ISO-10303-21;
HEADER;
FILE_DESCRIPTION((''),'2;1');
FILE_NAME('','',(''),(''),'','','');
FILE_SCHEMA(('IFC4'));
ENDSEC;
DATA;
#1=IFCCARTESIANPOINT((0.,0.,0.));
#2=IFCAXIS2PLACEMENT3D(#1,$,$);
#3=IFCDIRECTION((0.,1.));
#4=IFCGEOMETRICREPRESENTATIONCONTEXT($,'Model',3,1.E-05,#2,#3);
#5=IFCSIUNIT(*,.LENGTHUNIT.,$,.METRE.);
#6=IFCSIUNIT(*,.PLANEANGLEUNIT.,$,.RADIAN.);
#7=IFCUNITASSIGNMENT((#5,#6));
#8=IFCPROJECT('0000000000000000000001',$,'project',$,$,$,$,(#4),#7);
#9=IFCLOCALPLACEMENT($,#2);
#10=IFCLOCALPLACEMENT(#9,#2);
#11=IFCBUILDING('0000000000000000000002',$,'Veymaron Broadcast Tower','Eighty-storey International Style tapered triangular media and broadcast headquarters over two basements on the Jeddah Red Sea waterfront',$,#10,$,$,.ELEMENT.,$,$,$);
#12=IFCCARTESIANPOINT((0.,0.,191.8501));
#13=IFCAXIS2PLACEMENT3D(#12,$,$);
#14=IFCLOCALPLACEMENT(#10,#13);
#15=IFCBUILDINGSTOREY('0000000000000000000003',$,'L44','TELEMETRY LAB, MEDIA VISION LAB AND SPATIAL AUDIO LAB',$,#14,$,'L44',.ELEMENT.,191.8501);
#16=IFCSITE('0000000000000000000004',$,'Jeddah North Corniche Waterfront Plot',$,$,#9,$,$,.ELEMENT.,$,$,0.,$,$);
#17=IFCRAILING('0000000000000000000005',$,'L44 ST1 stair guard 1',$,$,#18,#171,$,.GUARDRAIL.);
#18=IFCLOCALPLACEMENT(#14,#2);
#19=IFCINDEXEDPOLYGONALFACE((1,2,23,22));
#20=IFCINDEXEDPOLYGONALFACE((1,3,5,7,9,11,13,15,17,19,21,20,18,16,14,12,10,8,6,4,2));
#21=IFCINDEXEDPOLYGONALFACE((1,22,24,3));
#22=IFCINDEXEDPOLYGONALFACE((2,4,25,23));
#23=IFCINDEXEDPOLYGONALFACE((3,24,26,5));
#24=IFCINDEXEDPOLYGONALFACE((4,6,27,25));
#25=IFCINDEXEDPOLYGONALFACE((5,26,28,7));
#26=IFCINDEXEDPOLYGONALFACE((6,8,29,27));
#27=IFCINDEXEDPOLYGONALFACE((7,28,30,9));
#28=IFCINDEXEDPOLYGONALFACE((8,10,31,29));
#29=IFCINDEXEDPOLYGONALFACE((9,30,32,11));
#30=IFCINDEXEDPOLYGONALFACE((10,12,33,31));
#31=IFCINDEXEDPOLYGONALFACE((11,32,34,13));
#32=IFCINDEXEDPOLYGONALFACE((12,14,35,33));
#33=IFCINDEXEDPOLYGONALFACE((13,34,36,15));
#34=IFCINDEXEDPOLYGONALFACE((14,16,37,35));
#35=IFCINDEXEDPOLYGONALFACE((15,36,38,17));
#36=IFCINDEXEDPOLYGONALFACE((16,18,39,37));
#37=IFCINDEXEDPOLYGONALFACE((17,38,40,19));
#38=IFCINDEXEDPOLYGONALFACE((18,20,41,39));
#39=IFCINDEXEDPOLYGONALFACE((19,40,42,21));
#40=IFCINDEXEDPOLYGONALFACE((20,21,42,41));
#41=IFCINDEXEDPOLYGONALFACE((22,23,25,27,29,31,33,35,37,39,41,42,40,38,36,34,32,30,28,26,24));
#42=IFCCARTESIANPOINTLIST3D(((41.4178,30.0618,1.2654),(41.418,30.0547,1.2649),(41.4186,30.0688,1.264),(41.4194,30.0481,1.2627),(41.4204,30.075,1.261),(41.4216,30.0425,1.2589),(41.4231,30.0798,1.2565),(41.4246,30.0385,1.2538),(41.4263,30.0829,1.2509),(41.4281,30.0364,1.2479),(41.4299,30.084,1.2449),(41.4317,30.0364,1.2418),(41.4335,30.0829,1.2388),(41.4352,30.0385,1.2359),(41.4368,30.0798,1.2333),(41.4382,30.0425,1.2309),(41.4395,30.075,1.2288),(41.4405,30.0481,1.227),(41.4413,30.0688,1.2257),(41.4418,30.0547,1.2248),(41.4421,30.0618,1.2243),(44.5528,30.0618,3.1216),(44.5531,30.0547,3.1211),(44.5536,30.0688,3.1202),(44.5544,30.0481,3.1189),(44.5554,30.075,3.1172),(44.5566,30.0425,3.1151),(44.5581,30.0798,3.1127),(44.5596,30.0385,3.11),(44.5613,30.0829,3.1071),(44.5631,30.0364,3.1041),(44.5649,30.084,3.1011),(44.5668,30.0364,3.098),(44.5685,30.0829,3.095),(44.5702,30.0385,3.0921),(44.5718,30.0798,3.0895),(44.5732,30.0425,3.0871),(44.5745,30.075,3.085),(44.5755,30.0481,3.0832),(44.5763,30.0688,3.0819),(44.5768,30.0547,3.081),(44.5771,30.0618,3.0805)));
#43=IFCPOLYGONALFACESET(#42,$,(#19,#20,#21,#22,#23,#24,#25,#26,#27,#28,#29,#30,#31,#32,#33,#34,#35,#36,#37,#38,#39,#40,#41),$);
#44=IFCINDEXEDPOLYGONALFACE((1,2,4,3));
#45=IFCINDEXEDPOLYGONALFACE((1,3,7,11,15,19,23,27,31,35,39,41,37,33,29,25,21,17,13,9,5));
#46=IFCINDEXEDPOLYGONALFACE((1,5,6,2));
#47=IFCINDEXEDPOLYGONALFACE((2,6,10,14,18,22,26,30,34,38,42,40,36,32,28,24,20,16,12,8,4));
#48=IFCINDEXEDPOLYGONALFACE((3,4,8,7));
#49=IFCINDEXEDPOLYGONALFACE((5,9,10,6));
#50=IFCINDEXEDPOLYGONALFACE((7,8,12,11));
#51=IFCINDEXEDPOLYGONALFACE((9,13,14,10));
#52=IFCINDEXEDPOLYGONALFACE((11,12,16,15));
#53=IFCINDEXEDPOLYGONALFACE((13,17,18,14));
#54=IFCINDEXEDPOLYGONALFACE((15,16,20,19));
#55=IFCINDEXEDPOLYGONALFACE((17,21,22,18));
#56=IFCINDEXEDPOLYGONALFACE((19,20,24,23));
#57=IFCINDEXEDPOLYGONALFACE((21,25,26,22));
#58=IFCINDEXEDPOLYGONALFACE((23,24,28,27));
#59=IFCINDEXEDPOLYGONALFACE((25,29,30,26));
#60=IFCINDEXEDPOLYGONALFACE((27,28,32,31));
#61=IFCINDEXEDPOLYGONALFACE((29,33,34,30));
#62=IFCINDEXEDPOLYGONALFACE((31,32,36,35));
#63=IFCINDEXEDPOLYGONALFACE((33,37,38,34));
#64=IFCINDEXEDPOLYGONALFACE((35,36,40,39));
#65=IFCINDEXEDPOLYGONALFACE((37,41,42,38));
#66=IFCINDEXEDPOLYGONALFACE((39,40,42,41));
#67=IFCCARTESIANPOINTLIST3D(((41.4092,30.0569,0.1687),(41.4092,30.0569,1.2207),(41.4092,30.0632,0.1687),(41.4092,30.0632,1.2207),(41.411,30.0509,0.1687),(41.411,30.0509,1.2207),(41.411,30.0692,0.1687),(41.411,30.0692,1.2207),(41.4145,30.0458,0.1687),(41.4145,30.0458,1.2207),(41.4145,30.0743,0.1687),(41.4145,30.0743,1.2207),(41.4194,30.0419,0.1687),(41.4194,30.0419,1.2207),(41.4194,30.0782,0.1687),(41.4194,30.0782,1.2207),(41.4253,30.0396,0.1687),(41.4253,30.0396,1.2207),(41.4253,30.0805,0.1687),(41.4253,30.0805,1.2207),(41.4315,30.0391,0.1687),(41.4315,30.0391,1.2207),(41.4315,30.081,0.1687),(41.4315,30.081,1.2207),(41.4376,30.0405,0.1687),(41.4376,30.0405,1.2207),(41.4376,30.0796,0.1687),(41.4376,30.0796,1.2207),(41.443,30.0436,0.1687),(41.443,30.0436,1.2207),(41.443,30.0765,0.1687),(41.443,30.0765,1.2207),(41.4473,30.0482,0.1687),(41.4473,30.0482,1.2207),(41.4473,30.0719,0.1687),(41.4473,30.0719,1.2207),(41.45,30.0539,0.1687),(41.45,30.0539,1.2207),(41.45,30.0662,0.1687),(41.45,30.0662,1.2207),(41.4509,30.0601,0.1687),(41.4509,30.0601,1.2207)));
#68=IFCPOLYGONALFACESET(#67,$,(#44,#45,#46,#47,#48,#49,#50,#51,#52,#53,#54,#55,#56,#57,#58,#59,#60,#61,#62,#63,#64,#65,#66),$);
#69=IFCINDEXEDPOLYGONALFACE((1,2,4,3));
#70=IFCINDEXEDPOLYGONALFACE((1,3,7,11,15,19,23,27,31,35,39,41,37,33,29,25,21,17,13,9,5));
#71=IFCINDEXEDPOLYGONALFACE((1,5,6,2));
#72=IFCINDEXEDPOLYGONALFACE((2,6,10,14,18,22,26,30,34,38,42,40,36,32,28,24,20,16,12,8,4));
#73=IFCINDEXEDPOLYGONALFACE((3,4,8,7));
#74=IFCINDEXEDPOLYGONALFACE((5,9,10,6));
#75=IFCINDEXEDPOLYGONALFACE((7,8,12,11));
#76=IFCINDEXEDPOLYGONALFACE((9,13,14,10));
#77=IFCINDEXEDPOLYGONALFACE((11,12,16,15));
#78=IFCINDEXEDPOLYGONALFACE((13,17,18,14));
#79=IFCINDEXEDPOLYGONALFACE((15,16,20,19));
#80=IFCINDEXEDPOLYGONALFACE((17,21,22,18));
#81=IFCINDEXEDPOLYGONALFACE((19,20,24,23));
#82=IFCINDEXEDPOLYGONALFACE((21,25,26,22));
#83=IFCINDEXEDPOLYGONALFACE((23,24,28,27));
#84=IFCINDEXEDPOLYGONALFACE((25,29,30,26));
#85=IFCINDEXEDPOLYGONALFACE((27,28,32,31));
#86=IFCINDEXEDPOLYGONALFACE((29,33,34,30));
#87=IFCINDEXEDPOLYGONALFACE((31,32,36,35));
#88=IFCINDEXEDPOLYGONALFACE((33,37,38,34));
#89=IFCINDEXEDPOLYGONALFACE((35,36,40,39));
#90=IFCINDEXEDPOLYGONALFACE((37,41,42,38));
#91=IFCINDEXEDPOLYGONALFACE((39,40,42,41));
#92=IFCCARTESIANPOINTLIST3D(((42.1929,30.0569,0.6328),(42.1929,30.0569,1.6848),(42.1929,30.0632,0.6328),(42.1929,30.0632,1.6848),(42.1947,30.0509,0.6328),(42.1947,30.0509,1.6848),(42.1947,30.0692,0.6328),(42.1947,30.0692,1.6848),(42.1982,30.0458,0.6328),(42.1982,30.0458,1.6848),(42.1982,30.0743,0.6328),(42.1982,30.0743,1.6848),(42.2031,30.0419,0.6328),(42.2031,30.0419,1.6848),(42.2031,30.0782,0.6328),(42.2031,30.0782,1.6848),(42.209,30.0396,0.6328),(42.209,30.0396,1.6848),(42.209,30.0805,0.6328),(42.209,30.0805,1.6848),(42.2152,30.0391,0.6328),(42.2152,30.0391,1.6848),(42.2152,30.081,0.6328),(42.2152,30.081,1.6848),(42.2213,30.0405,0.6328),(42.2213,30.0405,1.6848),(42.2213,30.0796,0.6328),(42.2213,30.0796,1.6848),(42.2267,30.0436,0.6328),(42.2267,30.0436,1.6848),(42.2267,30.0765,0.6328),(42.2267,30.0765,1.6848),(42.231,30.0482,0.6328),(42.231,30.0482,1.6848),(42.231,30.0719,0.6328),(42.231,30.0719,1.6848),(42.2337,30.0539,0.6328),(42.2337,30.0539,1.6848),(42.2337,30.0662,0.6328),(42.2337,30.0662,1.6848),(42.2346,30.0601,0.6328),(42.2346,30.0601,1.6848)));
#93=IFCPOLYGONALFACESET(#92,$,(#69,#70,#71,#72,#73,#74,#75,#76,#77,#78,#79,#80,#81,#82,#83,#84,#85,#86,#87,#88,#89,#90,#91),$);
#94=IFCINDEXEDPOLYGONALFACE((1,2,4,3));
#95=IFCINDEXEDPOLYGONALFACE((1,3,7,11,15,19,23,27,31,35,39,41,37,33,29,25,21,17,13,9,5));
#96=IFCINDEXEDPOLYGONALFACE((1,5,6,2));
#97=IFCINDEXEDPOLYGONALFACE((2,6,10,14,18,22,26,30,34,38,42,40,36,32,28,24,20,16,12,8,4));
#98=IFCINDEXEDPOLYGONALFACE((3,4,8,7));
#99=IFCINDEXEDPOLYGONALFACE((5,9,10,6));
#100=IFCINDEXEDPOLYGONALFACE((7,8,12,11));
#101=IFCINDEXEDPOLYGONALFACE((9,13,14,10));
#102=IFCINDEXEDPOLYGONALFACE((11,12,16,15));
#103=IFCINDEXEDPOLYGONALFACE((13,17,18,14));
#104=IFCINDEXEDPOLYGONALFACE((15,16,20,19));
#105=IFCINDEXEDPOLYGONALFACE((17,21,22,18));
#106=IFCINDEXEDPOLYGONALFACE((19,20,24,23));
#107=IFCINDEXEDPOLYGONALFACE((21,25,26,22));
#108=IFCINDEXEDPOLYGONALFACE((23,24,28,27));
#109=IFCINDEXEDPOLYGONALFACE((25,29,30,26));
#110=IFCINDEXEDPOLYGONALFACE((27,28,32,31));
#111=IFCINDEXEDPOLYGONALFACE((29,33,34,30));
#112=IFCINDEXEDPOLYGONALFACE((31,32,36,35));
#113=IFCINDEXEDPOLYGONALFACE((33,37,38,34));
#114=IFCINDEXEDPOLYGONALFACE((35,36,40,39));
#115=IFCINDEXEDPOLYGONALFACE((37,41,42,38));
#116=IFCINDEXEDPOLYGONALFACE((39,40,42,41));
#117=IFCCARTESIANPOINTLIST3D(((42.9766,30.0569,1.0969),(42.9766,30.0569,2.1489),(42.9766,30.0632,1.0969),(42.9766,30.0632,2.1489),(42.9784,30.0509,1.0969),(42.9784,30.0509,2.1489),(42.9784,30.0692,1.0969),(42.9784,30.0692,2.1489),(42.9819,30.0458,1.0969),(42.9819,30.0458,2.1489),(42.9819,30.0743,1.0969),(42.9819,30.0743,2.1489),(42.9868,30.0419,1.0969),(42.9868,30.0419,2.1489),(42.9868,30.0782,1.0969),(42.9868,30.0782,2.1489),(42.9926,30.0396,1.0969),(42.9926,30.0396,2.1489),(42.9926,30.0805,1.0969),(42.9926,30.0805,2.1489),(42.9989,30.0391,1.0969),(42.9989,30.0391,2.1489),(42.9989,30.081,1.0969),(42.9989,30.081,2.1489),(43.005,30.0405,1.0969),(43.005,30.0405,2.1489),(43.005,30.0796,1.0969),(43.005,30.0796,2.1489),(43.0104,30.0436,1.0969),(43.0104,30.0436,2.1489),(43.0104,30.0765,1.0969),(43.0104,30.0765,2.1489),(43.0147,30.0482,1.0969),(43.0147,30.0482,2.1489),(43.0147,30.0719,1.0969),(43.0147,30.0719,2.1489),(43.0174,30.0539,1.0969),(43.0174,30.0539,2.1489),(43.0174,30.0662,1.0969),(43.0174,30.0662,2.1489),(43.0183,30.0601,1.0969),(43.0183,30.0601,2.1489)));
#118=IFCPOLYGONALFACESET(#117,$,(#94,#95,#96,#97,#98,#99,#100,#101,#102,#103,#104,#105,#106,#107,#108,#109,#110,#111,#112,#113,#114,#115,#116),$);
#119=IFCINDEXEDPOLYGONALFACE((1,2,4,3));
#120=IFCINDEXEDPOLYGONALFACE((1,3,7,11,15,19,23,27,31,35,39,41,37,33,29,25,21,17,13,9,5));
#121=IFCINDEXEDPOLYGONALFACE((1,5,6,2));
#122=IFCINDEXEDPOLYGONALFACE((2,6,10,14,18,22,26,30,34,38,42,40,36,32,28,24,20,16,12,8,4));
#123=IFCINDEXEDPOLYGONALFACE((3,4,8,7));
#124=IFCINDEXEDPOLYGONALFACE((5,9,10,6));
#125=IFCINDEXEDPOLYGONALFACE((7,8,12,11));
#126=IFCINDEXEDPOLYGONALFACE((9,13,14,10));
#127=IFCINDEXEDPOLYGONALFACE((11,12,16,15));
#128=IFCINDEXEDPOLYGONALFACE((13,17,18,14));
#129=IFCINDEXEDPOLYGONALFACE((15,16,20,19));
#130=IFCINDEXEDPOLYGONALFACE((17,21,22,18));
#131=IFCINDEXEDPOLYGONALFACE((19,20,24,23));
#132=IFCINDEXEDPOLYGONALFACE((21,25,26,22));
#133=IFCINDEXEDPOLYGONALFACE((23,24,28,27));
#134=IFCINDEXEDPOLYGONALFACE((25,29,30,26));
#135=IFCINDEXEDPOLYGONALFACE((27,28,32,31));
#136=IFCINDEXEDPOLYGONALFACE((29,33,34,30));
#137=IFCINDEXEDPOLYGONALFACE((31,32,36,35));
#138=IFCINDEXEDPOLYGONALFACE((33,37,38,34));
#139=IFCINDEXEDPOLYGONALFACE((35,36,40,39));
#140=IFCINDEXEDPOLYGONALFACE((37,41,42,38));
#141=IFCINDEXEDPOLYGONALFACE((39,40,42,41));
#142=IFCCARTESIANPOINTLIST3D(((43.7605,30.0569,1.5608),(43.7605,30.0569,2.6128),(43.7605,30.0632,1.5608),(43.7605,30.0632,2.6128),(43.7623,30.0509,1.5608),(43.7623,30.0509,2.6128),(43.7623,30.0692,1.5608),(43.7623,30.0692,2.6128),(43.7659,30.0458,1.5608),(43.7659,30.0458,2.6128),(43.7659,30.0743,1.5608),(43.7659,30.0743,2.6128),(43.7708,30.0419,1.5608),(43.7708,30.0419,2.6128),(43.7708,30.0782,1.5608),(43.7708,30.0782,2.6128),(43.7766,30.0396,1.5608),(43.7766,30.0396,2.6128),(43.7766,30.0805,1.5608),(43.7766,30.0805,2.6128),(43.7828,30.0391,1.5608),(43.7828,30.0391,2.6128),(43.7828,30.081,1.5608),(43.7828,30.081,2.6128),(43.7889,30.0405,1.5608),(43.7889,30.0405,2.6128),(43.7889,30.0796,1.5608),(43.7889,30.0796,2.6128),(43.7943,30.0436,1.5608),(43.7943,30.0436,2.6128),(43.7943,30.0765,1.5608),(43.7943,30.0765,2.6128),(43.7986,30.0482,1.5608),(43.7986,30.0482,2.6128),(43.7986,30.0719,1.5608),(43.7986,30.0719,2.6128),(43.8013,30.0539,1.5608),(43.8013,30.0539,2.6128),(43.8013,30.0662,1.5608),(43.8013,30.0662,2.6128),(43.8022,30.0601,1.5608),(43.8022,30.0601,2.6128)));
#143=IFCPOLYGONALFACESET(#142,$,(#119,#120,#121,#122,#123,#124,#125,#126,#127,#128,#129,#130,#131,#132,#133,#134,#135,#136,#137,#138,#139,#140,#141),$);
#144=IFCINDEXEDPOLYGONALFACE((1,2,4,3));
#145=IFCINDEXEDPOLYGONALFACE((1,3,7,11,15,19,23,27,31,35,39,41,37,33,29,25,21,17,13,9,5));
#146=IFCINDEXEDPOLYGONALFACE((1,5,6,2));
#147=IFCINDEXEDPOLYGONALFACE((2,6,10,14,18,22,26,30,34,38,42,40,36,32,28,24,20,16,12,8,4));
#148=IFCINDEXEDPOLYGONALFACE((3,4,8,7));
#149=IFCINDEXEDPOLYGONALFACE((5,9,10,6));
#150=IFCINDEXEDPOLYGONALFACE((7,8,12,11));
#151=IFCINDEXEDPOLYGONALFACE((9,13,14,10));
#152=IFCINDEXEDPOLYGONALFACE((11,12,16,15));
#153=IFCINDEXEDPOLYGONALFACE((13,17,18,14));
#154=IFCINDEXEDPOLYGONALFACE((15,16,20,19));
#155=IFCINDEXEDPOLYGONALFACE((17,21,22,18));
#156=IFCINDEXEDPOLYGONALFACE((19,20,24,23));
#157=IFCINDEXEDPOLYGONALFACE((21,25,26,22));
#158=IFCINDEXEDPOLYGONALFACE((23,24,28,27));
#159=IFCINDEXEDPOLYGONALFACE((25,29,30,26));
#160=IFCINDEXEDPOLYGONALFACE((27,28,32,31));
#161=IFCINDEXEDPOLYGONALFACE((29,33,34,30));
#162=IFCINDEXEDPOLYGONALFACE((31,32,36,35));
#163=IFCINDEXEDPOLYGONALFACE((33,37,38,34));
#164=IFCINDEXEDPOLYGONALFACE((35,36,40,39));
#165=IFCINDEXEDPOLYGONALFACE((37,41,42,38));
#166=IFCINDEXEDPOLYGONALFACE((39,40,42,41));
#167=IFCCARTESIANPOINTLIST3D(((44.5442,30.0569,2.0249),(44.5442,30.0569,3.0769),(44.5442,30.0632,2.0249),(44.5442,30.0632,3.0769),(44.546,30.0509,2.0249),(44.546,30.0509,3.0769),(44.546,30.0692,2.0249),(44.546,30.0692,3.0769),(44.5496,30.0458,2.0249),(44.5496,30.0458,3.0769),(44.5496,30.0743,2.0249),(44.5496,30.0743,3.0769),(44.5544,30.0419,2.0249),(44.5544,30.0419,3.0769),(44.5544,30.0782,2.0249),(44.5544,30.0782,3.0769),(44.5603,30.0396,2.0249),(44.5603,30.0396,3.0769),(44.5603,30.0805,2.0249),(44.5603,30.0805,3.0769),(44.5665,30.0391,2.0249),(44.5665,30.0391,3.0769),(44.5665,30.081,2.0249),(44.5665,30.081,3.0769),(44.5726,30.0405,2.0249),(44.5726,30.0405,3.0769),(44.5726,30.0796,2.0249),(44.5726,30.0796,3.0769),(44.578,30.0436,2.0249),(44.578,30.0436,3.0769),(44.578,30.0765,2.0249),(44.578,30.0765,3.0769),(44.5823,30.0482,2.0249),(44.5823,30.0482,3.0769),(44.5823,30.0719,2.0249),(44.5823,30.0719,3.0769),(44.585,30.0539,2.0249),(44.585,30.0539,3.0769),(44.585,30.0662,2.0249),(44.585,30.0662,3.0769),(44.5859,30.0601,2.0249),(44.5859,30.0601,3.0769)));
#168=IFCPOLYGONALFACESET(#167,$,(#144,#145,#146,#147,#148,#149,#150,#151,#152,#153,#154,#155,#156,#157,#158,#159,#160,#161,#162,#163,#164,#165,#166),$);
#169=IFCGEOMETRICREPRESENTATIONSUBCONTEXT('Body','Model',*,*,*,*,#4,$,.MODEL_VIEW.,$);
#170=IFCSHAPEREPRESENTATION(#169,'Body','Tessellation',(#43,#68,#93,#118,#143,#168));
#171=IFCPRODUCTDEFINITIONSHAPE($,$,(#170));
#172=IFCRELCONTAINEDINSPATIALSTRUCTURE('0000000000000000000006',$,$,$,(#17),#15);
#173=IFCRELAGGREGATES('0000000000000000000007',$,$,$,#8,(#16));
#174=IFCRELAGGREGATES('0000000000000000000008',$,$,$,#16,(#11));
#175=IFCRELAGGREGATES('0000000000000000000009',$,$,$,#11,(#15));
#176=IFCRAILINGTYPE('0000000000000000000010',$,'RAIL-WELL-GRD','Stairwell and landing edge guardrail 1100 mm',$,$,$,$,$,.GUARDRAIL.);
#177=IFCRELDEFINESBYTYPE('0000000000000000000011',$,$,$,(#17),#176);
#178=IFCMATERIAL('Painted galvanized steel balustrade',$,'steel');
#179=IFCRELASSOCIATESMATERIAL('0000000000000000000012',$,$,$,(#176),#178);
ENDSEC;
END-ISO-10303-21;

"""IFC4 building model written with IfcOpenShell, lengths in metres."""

from ifc_helpers import new_model, si_unit, direction, frame, origin, origin_2d, place, context, subcontext, project, spatial, circle, extrude, material, type_object, element, save


model = new_model("IFC4")

# Units and contexts
model_context = context("Model", 3, precision=1e-05, world=origin(), true_north=direction((0.0, 1.0)))
body_context = subcontext(model_context, "Body", "Model", "MODEL_VIEW")
ifc_project = project(units=[si_unit("LENGTHUNIT", "METRE"), si_unit("PLANEANGLEUNIT", "RADIAN")], contexts=[model_context])

# Site, building, storey
site_placement = place(None, origin())
site = spatial("IfcSite", under=ifc_project, at=site_placement, Name="Jeddah North Corniche Waterfront Plot", CompositionType="ELEMENT", RefElevation=0.0)
building_placement = place(site_placement, origin())
building = spatial("IfcBuilding", under=site, at=building_placement, Name="Veymaron Broadcast Tower", Description="Eighty-storey International Style tapered triangular media and broadcast headquarters over two basements on the Jeddah Red Sea waterfront", CompositionType="ELEMENT")
storey_placement = place(building_placement, frame((0.0, 0.0, 191.8501)))
storey = spatial("IfcBuildingStorey", under=building, at=storey_placement, Name="L44", Description="TELEMETRY LAB, MEDIA VISION LAB AND SPATIAL AUDIO LAB", LongName="L44", CompositionType="ELEMENT", Elevation=191.8501)

# Railing
ifc_material_1 = material(Name="Painted galvanized steel balustrade", Category="steel")
railing_type_1 = type_object("IfcRailingType", Name="RAIL-WELL-GRD", Description="Stairwell and landing edge guardrail 1100 mm", PredefinedType="GUARDRAIL", material=ifc_material_1)
railing_1_placement = place(storey_placement, frame((41.4299, 30.0601, 0.1687)))
element("IfcRailing", 1, at=railing_1_placement, inside=storey, type_object=railing_type_1, Name="L44 ST1 stair guard 1", PredefinedType="GUARDRAIL", context=body_context, shape_type="SweptSolid", body=[
    extrude(circle(Radius=0.0239, at=origin_2d()), frame((0.0, 0.0, 1.0762), z_axis=(0.860482, 0.0, 0.509481), x_axis=(0.0, 1.0, 0.0)), (0.0, 0.0, 1.0), 3.6433),
    extrude(circle(Radius=0.021, at=origin_2d()), origin(), (0.0, 0.0, 1.0), 1.052),
    extrude(circle(Radius=0.021, at=origin_2d()), frame((0.7837, 0.0, 0.4641)), (0.0, 0.0, 1.0), 1.052),
    extrude(circle(Radius=0.021, at=origin_2d()), frame((1.5674, 0.0, 0.9282)), (0.0, 0.0, 1.0), 1.052),
    extrude(circle(Radius=0.021, at=origin_2d()), frame((2.3513, 0.0, 1.3921)), (0.0, 0.0, 1.0), 1.052),
    extrude(circle(Radius=0.021, at=origin_2d()), frame((3.135, 0.0, 1.8562)), (0.0, 0.0, 1.0), 1.052),
])

save(model, "model.ifc")
